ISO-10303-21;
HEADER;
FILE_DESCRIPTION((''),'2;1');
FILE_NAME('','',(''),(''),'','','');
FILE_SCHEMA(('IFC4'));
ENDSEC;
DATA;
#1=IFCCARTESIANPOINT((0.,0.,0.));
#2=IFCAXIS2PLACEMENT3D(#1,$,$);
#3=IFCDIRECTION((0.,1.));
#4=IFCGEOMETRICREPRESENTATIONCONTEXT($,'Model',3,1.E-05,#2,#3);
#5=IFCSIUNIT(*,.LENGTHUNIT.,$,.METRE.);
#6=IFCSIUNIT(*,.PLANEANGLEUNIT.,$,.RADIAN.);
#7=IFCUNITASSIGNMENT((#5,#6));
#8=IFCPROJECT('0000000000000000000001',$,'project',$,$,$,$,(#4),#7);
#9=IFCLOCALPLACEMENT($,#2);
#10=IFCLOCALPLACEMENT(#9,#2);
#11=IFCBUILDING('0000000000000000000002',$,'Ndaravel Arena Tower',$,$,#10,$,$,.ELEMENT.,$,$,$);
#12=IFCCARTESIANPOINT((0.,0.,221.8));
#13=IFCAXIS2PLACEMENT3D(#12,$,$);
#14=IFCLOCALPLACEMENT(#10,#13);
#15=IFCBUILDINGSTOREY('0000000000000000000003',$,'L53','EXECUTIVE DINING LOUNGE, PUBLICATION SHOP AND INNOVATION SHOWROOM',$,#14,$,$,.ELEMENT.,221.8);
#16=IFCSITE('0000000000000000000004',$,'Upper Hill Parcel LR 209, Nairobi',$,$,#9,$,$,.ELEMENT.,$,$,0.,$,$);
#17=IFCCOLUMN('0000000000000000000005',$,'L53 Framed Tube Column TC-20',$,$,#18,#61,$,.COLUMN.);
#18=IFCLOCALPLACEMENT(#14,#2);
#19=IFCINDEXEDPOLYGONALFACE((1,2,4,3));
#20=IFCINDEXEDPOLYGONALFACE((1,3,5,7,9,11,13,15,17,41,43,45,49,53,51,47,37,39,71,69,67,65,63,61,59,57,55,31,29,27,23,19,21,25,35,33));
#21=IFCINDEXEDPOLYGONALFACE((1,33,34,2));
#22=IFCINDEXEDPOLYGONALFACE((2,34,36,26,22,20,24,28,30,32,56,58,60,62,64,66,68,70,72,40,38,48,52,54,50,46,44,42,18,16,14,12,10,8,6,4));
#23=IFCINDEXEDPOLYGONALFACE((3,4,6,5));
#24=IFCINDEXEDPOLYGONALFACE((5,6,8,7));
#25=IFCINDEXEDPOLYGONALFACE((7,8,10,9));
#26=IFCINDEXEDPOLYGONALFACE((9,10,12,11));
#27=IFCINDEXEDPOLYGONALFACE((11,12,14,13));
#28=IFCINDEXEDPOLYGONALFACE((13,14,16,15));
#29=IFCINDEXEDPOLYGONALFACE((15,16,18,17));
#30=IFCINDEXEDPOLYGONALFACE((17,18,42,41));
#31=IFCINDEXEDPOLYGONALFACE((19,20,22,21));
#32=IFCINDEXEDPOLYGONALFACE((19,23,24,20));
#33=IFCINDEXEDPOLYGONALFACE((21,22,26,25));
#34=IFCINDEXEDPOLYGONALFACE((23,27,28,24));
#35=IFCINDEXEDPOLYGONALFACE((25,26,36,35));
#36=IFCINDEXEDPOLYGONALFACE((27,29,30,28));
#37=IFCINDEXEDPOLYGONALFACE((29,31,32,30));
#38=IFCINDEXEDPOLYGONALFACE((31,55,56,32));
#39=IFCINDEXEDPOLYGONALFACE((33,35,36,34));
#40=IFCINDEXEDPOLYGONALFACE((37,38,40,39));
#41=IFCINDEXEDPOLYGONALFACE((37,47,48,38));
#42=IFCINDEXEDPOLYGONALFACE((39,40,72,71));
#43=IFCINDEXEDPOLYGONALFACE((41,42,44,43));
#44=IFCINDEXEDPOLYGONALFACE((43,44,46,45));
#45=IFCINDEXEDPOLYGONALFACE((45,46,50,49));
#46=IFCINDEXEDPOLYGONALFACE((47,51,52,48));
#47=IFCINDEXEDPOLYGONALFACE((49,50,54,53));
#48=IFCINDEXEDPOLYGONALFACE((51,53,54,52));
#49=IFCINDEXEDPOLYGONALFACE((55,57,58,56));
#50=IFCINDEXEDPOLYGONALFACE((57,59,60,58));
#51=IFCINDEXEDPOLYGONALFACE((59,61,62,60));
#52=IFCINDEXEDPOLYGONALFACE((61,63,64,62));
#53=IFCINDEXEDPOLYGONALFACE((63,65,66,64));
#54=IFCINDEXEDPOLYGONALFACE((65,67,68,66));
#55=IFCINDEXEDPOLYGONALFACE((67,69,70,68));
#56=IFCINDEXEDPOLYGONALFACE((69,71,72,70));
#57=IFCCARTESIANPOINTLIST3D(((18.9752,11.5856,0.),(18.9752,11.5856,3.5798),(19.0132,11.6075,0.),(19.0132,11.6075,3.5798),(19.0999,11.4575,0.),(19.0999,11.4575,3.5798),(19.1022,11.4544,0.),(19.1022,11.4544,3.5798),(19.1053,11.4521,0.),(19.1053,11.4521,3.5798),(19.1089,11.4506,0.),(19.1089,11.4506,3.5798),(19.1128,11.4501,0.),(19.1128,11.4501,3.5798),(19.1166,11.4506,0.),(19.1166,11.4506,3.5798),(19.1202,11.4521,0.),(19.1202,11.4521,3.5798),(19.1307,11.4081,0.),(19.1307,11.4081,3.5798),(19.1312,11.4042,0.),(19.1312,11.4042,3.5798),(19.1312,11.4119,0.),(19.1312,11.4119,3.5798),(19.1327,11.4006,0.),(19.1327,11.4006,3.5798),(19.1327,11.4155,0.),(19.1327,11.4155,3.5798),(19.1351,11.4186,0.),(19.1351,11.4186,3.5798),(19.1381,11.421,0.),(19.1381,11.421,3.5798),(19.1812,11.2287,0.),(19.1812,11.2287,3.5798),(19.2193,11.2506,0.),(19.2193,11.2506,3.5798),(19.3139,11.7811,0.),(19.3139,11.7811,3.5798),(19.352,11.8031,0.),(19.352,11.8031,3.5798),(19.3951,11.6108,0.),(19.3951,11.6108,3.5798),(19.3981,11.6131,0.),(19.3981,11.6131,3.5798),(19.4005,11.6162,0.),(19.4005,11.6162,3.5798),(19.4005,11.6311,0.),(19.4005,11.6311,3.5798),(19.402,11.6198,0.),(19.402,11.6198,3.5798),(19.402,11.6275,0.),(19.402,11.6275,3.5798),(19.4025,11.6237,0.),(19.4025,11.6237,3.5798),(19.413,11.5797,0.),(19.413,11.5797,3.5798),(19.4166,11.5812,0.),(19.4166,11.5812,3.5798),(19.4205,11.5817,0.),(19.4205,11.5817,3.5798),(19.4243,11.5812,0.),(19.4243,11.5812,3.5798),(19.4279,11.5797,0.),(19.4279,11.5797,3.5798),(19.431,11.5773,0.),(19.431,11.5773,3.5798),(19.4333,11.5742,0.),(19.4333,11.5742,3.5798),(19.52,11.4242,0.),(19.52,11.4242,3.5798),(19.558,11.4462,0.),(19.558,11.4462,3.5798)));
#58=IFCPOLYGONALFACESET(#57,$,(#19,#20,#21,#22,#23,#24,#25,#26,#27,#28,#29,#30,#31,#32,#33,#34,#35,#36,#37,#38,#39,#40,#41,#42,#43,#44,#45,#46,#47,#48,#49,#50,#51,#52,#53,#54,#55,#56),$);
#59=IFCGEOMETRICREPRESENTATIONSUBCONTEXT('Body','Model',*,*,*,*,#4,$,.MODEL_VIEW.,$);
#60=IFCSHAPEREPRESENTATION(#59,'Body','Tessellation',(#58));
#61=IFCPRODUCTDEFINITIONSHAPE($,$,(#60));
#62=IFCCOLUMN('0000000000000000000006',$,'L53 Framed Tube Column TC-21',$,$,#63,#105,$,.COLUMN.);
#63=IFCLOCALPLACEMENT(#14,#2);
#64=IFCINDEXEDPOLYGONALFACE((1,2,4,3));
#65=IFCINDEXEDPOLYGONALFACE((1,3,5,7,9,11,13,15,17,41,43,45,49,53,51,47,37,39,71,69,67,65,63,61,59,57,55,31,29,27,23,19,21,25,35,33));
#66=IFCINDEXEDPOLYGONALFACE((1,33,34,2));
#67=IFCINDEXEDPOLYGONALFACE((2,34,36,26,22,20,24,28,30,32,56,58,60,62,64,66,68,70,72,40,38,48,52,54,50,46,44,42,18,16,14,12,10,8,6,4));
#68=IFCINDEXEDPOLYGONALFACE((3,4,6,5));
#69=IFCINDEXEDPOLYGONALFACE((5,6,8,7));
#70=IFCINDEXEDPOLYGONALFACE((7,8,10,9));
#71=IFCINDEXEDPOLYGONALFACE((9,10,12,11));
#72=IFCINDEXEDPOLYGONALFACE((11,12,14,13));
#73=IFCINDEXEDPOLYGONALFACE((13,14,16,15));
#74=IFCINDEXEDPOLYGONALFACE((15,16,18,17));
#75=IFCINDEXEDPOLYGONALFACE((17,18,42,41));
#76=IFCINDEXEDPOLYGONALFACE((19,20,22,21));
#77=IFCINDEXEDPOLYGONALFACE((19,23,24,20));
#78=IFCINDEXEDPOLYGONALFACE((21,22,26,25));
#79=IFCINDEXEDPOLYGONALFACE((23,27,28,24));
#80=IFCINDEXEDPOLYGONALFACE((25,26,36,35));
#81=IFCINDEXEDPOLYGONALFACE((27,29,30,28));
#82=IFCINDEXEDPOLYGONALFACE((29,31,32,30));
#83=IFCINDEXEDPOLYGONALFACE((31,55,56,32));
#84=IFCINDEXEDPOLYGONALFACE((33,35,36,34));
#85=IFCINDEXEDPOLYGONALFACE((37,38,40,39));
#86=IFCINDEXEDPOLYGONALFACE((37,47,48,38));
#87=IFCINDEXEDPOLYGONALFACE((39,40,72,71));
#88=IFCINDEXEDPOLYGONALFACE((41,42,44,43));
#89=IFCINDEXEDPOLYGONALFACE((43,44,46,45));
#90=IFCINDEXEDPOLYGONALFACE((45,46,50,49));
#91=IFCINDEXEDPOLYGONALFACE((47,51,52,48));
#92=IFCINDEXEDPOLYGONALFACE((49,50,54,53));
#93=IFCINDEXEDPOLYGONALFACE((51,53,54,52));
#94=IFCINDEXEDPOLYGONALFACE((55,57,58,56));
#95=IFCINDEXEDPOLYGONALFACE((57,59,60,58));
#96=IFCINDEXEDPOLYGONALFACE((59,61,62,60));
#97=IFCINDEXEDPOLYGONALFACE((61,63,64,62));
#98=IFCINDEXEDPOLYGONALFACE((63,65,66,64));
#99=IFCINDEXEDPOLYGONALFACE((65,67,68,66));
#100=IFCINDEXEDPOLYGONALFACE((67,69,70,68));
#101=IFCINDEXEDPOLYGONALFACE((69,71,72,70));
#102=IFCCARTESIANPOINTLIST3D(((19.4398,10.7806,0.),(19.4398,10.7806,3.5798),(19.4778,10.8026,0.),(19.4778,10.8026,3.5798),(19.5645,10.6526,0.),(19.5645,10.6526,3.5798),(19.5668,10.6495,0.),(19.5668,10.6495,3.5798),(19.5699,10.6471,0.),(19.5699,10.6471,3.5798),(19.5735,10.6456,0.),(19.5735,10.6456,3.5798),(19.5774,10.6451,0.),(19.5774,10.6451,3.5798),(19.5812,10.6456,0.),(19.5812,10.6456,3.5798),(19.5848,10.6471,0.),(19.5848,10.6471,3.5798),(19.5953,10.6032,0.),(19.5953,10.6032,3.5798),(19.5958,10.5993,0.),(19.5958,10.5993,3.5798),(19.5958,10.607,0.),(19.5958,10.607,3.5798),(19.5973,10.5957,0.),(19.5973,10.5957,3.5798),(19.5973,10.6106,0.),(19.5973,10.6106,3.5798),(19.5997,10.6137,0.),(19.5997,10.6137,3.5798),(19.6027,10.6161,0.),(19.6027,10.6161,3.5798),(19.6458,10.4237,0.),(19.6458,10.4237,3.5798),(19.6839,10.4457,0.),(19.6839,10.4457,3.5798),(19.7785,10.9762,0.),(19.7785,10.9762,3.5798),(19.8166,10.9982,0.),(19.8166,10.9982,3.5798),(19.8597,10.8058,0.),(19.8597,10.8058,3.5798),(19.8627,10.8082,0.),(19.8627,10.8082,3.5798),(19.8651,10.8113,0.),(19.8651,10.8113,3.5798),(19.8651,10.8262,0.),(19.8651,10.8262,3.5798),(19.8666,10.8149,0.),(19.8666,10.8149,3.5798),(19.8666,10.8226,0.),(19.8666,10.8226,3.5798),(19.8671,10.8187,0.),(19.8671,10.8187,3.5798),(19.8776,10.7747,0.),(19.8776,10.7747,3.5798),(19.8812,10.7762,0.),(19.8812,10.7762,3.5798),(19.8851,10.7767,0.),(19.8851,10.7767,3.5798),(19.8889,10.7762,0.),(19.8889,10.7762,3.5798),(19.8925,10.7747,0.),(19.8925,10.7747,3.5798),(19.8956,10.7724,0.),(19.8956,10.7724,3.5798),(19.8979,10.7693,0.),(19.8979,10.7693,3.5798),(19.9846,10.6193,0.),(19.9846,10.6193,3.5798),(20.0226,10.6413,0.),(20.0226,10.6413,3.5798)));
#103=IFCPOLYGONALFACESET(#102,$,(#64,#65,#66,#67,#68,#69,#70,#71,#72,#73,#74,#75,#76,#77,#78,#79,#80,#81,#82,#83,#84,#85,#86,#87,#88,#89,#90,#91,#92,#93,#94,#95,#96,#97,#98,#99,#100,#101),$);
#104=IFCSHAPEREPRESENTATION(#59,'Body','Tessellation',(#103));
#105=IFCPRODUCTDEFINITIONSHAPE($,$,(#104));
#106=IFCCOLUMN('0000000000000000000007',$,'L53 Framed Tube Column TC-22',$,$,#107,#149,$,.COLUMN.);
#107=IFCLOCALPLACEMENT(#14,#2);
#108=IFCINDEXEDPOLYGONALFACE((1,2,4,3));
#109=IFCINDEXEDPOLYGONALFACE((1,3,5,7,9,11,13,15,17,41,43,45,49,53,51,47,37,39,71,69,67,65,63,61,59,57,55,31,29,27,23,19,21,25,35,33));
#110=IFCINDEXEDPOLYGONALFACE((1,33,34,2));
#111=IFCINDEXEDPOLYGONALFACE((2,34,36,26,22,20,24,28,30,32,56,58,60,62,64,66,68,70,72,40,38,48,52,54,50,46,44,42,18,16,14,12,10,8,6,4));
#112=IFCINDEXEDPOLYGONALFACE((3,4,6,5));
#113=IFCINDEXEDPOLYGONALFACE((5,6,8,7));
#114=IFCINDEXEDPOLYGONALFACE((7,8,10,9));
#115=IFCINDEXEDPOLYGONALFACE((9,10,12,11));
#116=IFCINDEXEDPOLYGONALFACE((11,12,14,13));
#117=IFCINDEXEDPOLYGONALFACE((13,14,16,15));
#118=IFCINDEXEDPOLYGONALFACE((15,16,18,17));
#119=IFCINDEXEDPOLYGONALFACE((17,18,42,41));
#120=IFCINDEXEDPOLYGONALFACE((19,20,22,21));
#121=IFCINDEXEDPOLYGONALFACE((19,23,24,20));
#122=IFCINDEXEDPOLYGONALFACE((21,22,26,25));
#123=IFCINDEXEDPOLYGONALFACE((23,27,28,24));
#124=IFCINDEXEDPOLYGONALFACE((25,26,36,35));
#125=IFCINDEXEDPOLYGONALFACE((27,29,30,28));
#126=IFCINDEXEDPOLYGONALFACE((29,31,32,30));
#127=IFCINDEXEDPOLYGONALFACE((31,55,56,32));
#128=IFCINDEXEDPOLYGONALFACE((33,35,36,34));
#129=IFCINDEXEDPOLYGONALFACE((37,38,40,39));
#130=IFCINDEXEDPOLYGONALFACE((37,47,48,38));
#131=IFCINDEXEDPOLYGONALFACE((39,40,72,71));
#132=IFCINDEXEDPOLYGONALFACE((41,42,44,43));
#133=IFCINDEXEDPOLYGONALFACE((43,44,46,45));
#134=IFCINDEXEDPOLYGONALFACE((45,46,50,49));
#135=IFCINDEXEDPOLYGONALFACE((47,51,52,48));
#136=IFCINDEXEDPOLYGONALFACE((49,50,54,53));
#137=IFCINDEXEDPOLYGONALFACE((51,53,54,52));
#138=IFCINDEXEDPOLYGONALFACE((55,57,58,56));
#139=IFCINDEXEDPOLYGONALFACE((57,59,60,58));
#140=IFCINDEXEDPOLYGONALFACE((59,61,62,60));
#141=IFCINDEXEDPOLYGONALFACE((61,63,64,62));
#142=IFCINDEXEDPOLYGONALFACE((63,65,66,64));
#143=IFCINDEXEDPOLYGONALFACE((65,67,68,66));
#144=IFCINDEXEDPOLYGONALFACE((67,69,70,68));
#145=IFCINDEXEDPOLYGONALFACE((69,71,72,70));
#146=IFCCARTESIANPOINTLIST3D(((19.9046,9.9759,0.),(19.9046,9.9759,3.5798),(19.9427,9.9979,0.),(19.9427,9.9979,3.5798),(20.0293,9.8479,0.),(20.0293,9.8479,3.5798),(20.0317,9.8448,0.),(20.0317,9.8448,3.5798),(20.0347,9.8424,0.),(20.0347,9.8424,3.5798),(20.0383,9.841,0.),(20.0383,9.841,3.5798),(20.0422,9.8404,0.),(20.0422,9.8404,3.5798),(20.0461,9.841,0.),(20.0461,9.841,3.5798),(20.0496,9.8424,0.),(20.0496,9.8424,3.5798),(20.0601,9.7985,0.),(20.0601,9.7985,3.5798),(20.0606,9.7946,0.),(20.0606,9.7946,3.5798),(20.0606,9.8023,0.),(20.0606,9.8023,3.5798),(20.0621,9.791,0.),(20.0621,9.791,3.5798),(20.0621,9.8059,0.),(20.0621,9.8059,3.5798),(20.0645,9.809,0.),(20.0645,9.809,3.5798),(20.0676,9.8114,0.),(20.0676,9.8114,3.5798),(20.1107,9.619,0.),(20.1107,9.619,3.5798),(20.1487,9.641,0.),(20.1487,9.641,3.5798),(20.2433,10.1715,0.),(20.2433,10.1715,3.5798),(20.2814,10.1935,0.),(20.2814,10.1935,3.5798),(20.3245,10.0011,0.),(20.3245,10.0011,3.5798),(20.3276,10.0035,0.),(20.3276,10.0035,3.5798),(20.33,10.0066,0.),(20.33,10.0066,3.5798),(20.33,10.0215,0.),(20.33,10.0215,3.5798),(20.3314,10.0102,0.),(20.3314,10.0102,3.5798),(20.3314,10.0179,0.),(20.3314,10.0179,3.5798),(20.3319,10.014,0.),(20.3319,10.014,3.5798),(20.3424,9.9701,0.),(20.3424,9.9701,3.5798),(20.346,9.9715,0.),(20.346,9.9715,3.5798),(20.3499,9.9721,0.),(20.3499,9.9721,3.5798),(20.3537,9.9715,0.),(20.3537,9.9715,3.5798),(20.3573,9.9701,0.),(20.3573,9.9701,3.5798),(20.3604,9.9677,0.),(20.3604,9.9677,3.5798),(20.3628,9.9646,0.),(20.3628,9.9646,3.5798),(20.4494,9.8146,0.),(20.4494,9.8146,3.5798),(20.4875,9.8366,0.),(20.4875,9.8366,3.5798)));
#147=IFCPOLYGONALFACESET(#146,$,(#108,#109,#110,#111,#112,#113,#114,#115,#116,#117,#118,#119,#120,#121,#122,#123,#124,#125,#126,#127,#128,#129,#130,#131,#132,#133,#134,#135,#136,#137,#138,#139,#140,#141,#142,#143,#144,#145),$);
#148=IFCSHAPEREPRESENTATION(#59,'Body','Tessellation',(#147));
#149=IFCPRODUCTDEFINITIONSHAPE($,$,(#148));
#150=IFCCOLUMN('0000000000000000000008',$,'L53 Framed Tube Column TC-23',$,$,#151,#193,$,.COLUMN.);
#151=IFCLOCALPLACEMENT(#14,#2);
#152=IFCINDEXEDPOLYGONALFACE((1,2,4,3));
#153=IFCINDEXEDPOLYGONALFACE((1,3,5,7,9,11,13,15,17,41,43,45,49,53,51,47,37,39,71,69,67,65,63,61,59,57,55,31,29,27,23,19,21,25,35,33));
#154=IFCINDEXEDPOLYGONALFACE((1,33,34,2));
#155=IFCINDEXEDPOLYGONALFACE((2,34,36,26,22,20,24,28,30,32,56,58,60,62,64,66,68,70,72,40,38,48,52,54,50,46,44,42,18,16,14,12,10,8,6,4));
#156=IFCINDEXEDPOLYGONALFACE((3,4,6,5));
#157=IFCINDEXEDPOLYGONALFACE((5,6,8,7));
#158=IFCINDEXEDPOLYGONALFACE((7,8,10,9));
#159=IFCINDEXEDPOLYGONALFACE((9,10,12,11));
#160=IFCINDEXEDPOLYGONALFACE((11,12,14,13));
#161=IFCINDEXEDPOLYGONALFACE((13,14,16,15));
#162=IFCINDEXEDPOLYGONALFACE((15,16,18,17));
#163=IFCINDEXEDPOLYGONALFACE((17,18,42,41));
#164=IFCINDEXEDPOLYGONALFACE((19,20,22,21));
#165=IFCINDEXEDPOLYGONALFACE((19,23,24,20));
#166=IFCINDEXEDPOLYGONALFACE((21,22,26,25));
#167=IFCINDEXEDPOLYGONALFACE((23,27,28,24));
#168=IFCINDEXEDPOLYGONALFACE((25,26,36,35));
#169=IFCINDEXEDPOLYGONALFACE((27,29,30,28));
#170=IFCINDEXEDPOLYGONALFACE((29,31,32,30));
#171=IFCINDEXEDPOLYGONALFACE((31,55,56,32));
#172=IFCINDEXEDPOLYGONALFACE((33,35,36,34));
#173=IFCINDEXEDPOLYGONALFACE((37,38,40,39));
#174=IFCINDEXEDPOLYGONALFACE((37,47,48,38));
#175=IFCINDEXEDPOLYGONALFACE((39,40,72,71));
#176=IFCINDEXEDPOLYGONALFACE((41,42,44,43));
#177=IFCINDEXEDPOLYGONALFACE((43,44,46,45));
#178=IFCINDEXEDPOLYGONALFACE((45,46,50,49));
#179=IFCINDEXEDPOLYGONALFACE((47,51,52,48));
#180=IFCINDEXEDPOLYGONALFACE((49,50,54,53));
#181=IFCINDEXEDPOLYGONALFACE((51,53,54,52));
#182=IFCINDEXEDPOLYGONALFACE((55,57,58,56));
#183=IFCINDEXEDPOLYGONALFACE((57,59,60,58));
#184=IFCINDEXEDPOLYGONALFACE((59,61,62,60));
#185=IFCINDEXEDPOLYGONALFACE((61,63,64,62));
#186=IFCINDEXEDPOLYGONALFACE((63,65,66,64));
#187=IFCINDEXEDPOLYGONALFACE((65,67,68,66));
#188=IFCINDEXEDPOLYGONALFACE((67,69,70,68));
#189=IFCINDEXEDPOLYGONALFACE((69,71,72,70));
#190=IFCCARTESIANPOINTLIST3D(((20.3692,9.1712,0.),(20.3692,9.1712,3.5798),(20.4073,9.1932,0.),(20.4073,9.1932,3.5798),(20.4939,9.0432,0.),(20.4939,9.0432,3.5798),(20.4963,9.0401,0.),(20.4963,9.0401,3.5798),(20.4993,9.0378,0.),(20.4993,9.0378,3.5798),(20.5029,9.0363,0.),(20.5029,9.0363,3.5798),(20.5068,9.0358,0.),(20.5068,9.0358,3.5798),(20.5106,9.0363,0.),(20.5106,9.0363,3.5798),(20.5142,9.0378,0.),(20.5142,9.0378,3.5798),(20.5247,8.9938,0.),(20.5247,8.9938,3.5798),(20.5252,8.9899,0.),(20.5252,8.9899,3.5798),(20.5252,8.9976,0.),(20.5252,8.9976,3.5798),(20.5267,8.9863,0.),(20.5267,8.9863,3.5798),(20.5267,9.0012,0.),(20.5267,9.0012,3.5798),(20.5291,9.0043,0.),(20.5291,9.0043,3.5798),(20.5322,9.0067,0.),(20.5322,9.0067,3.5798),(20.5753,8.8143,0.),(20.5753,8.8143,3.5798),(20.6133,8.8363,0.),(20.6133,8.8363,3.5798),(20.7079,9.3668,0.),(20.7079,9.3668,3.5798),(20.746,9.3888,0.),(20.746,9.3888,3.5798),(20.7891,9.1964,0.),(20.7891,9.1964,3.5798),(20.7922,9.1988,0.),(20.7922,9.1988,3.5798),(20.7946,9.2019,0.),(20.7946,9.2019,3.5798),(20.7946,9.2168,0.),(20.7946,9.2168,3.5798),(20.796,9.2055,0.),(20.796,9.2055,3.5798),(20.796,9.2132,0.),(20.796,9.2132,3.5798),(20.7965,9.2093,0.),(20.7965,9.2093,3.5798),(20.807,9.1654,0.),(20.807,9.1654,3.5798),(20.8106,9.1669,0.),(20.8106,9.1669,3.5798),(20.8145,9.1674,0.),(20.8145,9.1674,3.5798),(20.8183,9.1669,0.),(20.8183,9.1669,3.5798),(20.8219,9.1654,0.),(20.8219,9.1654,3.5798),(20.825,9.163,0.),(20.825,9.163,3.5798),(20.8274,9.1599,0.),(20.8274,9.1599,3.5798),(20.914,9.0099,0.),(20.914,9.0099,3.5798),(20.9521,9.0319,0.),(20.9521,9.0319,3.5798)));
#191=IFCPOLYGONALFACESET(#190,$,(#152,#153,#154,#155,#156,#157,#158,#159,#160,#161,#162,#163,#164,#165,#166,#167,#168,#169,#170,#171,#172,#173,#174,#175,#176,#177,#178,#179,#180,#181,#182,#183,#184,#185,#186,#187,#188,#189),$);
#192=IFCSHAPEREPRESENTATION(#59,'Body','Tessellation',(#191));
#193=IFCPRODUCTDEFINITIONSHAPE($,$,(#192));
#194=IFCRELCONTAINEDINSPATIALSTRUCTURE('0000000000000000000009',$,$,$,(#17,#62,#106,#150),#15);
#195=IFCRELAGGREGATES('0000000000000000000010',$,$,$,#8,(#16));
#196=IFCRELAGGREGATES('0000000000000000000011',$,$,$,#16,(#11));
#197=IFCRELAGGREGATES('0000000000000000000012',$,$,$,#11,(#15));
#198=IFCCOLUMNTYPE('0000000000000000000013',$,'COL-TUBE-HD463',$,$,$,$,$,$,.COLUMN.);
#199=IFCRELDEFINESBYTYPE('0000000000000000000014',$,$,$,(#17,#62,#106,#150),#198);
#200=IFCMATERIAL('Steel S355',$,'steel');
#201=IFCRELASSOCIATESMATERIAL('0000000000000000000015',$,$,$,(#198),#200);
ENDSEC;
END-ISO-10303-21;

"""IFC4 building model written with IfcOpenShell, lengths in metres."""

from ifc_helpers import new_model, si_unit, direction, frame, origin, origin_2d, place, context, subcontext, project, spatial, i_section, extrude, material, material_profile, profile_set, type_object, element, save


model = new_model("IFC4")

# Units and contexts
model_context = context("Model", 3, precision=1e-05, world=origin(), true_north=direction((0.0, 1.0)))
body_context = subcontext(model_context, "Body", "Model", "MODEL_VIEW")
ifc_project = project(units=[si_unit("LENGTHUNIT", "METRE"), si_unit("PLANEANGLEUNIT", "RADIAN")], contexts=[model_context])

# Site, building, storey
site_placement = place(None, origin())
site = spatial("IfcSite", under=ifc_project, at=site_placement, Name="Upper Hill Parcel LR 209, Nairobi", CompositionType="ELEMENT", RefElevation=0.0)
building_placement = place(site_placement, origin())
building = spatial("IfcBuilding", under=site, at=building_placement, Name="Ndaravel Arena Tower", CompositionType="ELEMENT")
storey_placement = place(building_placement, frame((0.0, 0.0, 221.8)))
storey = spatial("IfcBuildingStorey", under=building, at=storey_placement, Name="L53", Description="EXECUTIVE DINING LOUNGE, PUBLICATION SHOP AND INNOVATION SHOWROOM", CompositionType="ELEMENT", Elevation=221.8)

# Columns
ifc_material_1 = material(Name="Steel S355", Category="steel")
ifc_material_profile_1 = material_profile(ifc_material_1, i_section(OverallWidth=0.4121, OverallDepth=0.4351, WebThickness=0.0359, FlangeThickness=0.0439, FilletRadius=0.0149, at=origin_2d()), Name="HD 400x463")
ifc_profile_set_1 = profile_set([ifc_material_profile_1], Name="Steel S355")
column_type = type_object("IfcColumnType", Name="COL-TUBE-HD463", PredefinedType="COLUMN", material=ifc_profile_set_1)
for number, where, z_axis, x_axis, name in (
    (1, (19.2666, 11.5159, 0.0), (0.0, 0.0, 1.0), (-0.5, 0.866025, 0.0), "L53 Framed Tube Column TC-20"),
    (2, (19.7312, 10.7109, 0.0), (0.0, 0.0, 1.0), (-0.5, 0.866025, 0.0), "L53 Framed Tube Column TC-21"),
    (3, (20.196, 9.9062, 0.0), (0.0, 0.0, 1.0), (-0.5, 0.866025, 0.0), "L53 Framed Tube Column TC-22"),
    (4, (20.6606, 9.1016, 0.0), (0.0, 0.0, 1.0), (-0.5, 0.866025, 0.0), "L53 Framed Tube Column TC-23"),
):
    element("IfcColumn", number, at=place(storey_placement, frame(where, z_axis=z_axis, x_axis=x_axis)), inside=storey, type_object=column_type, Name=name, PredefinedType="COLUMN", context=body_context, shape_type="SweptSolid", body=[
        extrude(i_section(OverallWidth=0.4121, OverallDepth=0.4351, WebThickness=0.0359, FlangeThickness=0.0439, FilletRadius=0.0149, at=origin_2d()), origin(), (0.0, 0.0, 1.0), 3.5798),
    ])

save(model, "model.ifc")
